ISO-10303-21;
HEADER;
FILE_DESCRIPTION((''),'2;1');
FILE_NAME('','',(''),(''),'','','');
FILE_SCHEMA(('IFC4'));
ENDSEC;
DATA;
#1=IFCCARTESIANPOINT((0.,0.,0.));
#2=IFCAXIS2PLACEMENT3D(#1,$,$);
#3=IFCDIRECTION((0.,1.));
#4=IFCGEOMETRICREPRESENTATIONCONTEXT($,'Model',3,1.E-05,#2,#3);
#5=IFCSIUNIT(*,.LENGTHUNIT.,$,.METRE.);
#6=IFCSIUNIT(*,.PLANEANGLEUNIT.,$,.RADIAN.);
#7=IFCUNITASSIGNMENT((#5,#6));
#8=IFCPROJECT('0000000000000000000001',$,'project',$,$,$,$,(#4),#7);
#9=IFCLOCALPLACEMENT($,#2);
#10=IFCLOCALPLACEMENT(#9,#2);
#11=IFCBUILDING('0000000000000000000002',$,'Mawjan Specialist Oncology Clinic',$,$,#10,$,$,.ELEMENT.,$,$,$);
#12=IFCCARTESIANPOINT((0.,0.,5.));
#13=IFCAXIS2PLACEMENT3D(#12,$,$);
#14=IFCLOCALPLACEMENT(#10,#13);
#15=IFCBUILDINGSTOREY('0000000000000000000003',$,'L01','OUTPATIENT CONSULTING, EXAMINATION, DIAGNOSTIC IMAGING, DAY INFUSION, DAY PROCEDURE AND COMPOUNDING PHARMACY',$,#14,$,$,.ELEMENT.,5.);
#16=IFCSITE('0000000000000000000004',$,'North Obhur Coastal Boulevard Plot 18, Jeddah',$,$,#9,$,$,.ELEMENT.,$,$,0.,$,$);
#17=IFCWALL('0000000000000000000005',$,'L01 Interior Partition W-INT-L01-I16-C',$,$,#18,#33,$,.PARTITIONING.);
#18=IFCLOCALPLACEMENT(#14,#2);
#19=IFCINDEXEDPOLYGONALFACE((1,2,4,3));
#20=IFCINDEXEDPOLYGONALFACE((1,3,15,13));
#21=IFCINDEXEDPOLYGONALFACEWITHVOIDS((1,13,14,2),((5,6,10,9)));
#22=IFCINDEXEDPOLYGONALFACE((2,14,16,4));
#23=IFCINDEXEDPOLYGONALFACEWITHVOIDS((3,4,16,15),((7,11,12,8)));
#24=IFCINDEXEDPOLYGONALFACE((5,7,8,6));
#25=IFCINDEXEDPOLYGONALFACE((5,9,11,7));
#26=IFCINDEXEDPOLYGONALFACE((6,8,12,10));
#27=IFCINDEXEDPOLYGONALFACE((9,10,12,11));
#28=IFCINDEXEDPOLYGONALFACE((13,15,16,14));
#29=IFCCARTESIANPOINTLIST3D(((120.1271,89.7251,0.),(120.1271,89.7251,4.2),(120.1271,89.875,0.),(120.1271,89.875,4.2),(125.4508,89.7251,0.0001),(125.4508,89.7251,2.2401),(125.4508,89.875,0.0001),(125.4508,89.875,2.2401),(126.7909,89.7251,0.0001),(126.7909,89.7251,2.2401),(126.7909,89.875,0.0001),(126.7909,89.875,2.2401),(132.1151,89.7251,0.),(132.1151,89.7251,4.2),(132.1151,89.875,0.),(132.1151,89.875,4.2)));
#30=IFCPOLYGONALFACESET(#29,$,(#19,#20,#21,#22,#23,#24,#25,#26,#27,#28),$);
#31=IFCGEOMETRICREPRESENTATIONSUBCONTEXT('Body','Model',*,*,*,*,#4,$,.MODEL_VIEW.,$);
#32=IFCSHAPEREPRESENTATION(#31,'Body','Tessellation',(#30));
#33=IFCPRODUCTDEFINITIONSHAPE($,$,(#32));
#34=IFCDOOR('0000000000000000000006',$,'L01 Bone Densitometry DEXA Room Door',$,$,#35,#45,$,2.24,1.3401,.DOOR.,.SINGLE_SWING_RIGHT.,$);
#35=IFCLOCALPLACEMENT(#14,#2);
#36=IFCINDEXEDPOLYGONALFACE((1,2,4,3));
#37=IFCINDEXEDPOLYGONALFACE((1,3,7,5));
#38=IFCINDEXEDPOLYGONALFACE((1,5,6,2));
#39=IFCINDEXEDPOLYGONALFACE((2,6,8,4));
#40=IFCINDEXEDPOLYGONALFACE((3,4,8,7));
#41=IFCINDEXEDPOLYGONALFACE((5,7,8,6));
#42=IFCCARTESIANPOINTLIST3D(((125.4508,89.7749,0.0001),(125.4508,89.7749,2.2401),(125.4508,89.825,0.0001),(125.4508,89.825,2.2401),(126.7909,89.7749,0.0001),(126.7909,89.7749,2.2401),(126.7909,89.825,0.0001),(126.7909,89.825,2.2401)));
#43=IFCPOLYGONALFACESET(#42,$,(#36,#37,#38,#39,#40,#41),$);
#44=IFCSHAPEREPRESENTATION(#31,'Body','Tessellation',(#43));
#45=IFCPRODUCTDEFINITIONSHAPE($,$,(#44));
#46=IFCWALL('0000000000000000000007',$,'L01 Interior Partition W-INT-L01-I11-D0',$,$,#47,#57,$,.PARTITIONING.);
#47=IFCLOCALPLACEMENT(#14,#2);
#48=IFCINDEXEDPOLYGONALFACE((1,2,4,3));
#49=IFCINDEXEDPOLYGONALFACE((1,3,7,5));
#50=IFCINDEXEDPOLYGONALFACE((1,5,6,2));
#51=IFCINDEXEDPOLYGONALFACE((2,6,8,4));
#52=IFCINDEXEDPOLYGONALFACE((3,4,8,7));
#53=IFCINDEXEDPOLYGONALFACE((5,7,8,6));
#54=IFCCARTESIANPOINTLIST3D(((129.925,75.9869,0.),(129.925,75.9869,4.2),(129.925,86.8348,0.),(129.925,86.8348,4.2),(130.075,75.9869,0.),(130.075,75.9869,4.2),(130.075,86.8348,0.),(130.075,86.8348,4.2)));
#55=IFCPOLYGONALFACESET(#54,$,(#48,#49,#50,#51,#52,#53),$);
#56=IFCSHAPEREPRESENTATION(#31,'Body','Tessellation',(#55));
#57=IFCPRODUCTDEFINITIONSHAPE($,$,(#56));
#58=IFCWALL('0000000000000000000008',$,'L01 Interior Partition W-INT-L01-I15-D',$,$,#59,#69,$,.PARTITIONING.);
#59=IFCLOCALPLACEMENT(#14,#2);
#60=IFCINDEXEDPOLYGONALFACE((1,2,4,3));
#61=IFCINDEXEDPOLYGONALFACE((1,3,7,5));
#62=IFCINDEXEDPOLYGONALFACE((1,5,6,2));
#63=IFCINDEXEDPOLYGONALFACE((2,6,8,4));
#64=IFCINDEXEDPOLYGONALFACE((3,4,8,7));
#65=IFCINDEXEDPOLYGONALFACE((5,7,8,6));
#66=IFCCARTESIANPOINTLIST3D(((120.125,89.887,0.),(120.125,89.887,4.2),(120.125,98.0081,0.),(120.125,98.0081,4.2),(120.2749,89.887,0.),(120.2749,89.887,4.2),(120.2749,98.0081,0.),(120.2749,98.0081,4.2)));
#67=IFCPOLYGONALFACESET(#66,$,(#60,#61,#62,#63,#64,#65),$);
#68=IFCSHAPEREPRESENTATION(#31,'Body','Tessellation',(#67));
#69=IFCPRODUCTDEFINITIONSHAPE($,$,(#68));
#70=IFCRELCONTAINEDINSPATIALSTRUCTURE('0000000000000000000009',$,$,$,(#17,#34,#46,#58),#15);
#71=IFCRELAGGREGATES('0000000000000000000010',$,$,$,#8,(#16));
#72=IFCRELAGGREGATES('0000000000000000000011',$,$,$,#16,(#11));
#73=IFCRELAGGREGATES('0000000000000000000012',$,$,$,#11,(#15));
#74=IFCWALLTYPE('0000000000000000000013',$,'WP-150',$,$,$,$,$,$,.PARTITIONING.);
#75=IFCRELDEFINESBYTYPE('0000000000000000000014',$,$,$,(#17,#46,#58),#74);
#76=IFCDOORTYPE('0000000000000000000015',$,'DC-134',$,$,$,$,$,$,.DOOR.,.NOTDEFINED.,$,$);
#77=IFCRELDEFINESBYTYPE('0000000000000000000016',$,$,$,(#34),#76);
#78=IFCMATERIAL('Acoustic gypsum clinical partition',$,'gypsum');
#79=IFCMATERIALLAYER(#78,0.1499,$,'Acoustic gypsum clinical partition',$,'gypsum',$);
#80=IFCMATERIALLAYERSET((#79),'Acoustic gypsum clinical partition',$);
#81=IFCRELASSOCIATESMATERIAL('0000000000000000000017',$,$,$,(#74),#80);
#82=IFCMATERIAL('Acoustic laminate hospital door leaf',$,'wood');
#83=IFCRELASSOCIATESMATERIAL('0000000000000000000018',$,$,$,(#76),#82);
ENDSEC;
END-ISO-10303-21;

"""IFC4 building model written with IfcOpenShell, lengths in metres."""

from ifc_helpers import new_model, si_unit, direction, frame, frame_2d, origin, place, context, subcontext, project, spatial, rectangle, extrude, material, layer, layer_set, type_object, element, fill, save


model = new_model("IFC4")

# Units and contexts
model_context = context("Model", 3, precision=1e-05, world=origin(), true_north=direction((0.0, 1.0)))
body_context = subcontext(model_context, "Body", "Model", "MODEL_VIEW")
ifc_project = project(units=[si_unit("LENGTHUNIT", "METRE"), si_unit("PLANEANGLEUNIT", "RADIAN")], contexts=[model_context])

# Site, building, storey
site_placement = place(None, origin())
site = spatial("IfcSite", under=ifc_project, at=site_placement, Name="North Obhur Coastal Boulevard Plot 18, Jeddah", CompositionType="ELEMENT", RefElevation=0.0)
building_placement = place(site_placement, origin())
building = spatial("IfcBuilding", under=site, at=building_placement, Name="Mawjan Specialist Oncology Clinic", CompositionType="ELEMENT")
storey_placement = place(building_placement, frame((0.0, 0.0, 5.0)))
storey = spatial("IfcBuildingStorey", under=building, at=storey_placement, Name="L01", Description="OUTPATIENT CONSULTING, EXAMINATION, DIAGNOSTIC IMAGING, DAY INFUSION, DAY PROCEDURE AND COMPOUNDING PHARMACY", CompositionType="ELEMENT", Elevation=5.0)

# Wall, opening, door
ifc_material_1 = material(Name="Acoustic gypsum clinical partition", Category="gypsum")
ifc_layer_1 = layer(ifc_material_1, 0.1499, Name="Acoustic gypsum clinical partition", Category="gypsum")
ifc_layer_set_1 = layer_set([ifc_layer_1], Name="Acoustic gypsum clinical partition")
wall_type_1 = type_object("IfcWallType", Name="WP-150", PredefinedType="PARTITIONING", material=ifc_layer_set_1)
wall_1_placement = place(storey_placement, frame((120.127, 89.8, 0.0), z_axis=(0.0, 0.0, 1.0), x_axis=(1.0, 0.0, 0.0)))
wall_1 = element("IfcWall", 1, at=wall_1_placement, inside=storey, type_object=wall_type_1, Name="L01 Interior Partition W-INT-L01-I16-C", PredefinedType="PARTITIONING", context=body_context, shape_type="SweptSolid", body=[
    extrude(rectangle(XDim=11.988, YDim=0.1499, at=frame_2d((5.9941, 0.0))), origin(), (0.0, 0.0, 1.0), 4.2),
])
opening_1_placement = place(wall_1_placement, frame((5.324, 0.0, 0.0)))
opening_1 = element("IfcOpeningElement", 2, at=opening_1_placement, cuts=wall_1, PredefinedType="OPENING", context=body_context, shape_type="SweptSolid", body=[
    extrude(rectangle(XDim=1.3401, YDim=2.24, at=frame_2d((0.6699, 1.1201))), frame((0.0, 0.0869, 0.0), z_axis=(0.0, -1.0, 0.0), x_axis=(1.0, 0.0, 0.0)), (0.0, 0.0, 1.0), 0.1738),
])
ifc_material_2 = material(Name="Acoustic laminate hospital door leaf", Category="wood")
door_type = type_object("IfcDoorType", Name="DC-134", OperationType="NOTDEFINED", PredefinedType="DOOR", material=ifc_material_2)
door_placement = place(opening_1_placement, origin())
door = element("IfcDoor", 3, at=door_placement, inside=storey, type_object=door_type, Name="L01 Bone Densitometry DEXA Room Door", OperationType="SINGLE_SWING_RIGHT", OverallHeight=2.24, OverallWidth=1.3401, PredefinedType="DOOR", context=body_context, shape_type="SweptSolid", body=[
    extrude(rectangle(XDim=1.3401, YDim=2.24, at=frame_2d((0.6699, 1.1201))), frame((0.0, 0.0249, 0.0), z_axis=(0.0, -1.0, 0.0), x_axis=(1.0, 0.0, 0.0)), (0.0, 0.0, 1.0), 0.05),
])
fill(opening_1, door)

# Walls
wall_2_placement = place(storey_placement, frame((130.0, 75.9871, 0.0), z_axis=(0.0, 0.0, 1.0), x_axis=(0.0, 1.0, 0.0)))
element("IfcWall", 4, at=wall_2_placement, inside=storey, type_object=wall_type_1, Name="L01 Interior Partition W-INT-L01-I11-D0", PredefinedType="PARTITIONING", context=body_context, shape_type="SweptSolid", body=[
    extrude(rectangle(XDim=10.8479, YDim=0.1499, at=frame_2d((5.4238, 0.0))), origin(), (0.0, 0.0, 1.0), 4.2),
])
wall_3_placement = place(storey_placement, frame((120.2, 89.887, 0.0), z_axis=(0.0, 0.0, 1.0), x_axis=(0.0, 1.0, 0.0)))
element("IfcWall", 5, at=wall_3_placement, inside=storey, type_object=wall_type_1, Name="L01 Interior Partition W-INT-L01-I15-D", PredefinedType="PARTITIONING", context=body_context, shape_type="SweptSolid", body=[
    extrude(rectangle(XDim=8.1211, YDim=0.1499, at=frame_2d((4.0605, 0.0))), origin(), (0.0, 0.0, 1.0), 4.2),
])

save(model, "model.ifc")
